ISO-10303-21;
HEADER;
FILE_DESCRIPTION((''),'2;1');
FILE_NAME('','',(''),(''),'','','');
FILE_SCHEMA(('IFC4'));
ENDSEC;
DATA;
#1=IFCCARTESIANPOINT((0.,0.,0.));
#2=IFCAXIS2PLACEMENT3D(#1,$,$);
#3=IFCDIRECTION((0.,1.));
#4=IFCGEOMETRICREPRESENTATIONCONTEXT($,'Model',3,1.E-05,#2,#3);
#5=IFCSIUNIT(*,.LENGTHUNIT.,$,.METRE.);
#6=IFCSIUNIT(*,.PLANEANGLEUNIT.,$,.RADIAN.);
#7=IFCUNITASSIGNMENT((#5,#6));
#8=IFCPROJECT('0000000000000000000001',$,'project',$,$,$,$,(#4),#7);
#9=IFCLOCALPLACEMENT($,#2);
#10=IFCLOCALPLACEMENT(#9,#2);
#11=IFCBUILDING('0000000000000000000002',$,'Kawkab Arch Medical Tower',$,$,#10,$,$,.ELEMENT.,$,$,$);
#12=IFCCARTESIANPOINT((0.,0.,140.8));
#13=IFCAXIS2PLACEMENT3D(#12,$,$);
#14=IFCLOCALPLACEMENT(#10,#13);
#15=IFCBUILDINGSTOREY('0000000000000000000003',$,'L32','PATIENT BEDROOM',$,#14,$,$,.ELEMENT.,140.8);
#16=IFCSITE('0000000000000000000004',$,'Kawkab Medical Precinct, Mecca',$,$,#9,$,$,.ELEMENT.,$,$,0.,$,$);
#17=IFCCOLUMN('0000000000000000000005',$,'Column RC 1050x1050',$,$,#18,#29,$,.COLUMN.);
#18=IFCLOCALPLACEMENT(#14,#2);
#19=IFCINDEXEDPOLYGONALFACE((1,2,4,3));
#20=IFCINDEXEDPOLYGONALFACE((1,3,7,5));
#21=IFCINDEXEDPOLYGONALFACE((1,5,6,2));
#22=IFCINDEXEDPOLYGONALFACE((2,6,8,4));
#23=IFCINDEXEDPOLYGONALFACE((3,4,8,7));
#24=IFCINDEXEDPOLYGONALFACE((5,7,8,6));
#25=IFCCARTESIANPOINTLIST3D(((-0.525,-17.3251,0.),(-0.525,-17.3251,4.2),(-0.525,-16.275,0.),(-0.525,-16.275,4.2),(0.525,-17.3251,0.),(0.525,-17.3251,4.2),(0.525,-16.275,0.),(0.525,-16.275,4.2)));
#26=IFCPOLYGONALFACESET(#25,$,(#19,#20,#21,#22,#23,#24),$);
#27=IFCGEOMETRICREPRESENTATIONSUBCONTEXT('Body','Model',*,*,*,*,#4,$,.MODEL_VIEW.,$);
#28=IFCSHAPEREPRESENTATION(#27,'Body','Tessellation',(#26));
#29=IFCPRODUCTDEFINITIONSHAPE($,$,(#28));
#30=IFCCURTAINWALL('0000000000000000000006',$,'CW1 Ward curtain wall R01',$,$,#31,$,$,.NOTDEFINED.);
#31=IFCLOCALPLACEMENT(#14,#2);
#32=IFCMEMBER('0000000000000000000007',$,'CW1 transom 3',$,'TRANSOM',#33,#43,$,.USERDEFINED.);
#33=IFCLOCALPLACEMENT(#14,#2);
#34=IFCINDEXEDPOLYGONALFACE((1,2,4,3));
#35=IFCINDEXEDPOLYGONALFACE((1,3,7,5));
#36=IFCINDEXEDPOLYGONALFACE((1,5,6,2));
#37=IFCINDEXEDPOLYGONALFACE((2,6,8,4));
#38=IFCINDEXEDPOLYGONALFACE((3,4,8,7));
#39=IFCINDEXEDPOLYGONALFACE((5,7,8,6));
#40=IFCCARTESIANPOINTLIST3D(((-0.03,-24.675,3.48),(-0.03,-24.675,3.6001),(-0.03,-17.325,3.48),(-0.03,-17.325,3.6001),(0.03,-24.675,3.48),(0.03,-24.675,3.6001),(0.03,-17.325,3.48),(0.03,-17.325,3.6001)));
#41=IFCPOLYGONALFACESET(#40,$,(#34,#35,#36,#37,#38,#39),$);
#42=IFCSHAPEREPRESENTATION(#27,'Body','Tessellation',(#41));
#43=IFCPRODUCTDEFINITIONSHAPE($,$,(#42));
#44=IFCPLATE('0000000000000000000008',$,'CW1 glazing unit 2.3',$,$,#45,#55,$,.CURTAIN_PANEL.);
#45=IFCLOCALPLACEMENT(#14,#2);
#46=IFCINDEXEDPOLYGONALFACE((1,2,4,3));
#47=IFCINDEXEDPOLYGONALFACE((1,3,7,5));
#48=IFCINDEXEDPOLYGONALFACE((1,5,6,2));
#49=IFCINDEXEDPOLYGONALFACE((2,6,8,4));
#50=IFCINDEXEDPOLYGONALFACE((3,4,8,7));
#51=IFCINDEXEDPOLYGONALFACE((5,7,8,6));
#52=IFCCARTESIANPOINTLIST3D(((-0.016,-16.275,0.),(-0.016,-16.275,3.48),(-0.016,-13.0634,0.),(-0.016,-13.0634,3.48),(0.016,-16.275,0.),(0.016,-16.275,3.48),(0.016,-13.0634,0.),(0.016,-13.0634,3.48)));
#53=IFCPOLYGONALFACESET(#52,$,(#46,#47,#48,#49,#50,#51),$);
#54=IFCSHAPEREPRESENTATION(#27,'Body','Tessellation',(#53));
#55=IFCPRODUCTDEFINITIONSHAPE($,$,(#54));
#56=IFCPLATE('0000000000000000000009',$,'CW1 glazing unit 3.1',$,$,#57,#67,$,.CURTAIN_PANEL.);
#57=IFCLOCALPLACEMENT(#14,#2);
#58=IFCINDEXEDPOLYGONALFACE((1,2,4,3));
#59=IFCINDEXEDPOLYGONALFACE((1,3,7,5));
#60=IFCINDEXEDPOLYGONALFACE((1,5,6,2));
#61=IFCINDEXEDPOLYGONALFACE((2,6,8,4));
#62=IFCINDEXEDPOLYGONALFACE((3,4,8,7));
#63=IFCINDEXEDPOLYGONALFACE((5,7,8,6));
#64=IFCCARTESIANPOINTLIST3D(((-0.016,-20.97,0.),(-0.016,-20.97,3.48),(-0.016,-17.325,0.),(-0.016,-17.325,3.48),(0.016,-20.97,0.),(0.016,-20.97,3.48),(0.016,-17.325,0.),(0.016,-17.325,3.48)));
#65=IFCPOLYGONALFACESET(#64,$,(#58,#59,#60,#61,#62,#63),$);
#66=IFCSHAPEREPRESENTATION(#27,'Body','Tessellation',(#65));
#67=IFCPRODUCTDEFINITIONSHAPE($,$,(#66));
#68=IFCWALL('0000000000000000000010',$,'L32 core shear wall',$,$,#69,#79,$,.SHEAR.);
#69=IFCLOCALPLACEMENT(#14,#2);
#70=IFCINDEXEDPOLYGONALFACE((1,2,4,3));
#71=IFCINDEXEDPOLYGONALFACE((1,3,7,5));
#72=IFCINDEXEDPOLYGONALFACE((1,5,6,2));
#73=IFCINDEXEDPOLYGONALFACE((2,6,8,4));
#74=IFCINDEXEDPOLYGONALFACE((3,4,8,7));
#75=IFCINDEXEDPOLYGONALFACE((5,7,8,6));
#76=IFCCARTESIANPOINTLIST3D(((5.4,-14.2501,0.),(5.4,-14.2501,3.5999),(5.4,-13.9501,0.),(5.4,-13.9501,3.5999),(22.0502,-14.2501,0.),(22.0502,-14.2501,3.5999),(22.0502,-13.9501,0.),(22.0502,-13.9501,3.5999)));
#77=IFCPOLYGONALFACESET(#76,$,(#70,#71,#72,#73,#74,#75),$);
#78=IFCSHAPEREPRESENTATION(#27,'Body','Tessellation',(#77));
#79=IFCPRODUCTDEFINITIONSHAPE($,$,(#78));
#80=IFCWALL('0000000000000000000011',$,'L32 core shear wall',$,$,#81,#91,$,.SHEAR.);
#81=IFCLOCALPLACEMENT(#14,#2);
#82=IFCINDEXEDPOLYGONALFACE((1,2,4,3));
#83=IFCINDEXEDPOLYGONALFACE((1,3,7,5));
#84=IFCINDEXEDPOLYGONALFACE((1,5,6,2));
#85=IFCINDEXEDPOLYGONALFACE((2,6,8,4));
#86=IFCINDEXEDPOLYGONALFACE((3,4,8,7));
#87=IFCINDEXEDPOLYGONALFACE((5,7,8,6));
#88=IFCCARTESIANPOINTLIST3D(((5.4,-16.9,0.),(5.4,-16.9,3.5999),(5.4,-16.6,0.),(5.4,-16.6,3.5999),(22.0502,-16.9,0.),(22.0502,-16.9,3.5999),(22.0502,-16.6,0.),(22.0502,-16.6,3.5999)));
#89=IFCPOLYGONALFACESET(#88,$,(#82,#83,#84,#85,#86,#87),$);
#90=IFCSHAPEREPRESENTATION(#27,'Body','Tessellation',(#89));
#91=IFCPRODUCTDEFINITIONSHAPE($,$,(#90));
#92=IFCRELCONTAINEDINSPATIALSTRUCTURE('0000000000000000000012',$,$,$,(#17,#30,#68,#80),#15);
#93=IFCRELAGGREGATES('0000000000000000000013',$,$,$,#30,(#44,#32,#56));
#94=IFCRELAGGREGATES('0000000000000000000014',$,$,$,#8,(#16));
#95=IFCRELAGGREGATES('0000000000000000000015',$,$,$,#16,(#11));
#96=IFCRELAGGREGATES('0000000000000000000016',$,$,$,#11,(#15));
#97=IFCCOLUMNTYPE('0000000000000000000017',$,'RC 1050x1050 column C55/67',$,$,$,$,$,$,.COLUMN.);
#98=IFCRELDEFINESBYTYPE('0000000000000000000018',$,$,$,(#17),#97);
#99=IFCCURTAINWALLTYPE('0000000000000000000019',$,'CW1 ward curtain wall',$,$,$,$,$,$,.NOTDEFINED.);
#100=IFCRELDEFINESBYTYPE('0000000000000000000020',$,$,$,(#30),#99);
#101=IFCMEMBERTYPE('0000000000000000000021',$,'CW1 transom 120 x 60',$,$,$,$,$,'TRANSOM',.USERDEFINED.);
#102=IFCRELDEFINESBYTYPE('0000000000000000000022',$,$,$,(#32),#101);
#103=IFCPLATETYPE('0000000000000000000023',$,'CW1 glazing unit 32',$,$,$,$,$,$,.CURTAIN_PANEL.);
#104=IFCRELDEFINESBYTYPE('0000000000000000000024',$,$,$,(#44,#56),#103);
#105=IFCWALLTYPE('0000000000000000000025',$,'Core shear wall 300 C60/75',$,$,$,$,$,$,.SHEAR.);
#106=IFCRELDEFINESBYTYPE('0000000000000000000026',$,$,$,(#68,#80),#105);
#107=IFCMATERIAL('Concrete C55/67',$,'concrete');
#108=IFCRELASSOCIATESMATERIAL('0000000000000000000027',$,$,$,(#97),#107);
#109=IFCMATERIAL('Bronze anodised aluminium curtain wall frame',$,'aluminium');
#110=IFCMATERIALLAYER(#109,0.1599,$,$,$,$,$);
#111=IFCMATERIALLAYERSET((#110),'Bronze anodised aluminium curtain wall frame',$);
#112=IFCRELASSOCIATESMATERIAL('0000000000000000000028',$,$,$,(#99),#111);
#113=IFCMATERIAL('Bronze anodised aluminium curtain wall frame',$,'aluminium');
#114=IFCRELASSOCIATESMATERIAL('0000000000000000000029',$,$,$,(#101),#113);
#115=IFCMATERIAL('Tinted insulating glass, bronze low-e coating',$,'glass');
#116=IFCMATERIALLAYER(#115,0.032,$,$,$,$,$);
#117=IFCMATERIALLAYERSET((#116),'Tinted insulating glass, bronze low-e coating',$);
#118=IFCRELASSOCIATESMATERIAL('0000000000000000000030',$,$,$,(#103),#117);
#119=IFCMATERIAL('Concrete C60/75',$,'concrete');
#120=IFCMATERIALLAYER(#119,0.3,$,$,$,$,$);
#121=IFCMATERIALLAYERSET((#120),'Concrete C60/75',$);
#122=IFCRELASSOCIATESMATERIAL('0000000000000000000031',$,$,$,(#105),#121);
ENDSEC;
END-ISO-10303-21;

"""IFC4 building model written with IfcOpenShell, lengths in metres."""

from ifc_helpers import new_model, si_unit, direction, frame, frame_2d, origin, origin_2d, place, context, subcontext, project, spatial, rectangle, extrude, material, layer, layer_set, material_profile, profile_set, type_object, element, aggregate, save


model = new_model("IFC4")

# Units and contexts
model_context = context("Model", 3, precision=1e-05, world=origin(), true_north=direction((0.0, 1.0)))
body_context = subcontext(model_context, "Body", "Model", "MODEL_VIEW")
ifc_project = project(units=[si_unit("LENGTHUNIT", "METRE"), si_unit("PLANEANGLEUNIT", "RADIAN")], contexts=[model_context])

# Site, building, storey
site_placement = place(None, origin())
site = spatial("IfcSite", under=ifc_project, at=site_placement, Name="Kawkab Medical Precinct, Mecca", CompositionType="ELEMENT", RefElevation=0.0)
building_placement = place(site_placement, origin())
building = spatial("IfcBuilding", under=site, at=building_placement, Name="Kawkab Arch Medical Tower", CompositionType="ELEMENT")
storey_placement = place(building_placement, frame((0.0, 0.0, 140.8)))
storey = spatial("IfcBuildingStorey", under=building, at=storey_placement, Name="L32", Description="PATIENT BEDROOM", CompositionType="ELEMENT", Elevation=140.8)

# Column
ifc_material_1 = material(Name="Concrete C55/67", Category="concrete")
ifc_material_profile_1 = material_profile(ifc_material_1, rectangle(XDim=1.05, YDim=1.05, at=origin_2d()), Name="RC 1050x1050")
ifc_profile_set_1 = profile_set([ifc_material_profile_1], Name="Concrete C55/67")
column_type = type_object("IfcColumnType", Name="RC 1050x1050 column C55/67", PredefinedType="COLUMN", material=ifc_profile_set_1)
column_placement = place(storey_placement, frame((0.0, -16.8, 0.0), z_axis=(0.0, 0.0, 1.0), x_axis=(1.0, 0.0, 0.0)))
element("IfcColumn", 1, at=column_placement, inside=storey, type_object=column_type, Name="Column RC 1050x1050", PredefinedType="COLUMN", context=body_context, shape_type="SweptSolid", body=[
    extrude(rectangle(XDim=1.05, YDim=1.05, at=origin_2d()), origin(), (0.0, 0.0, 1.0), 4.2),
])

# Curtain wall, member, plates
ifc_material_2 = material(Name="Bronze anodised aluminium curtain wall frame", Category="aluminium")
ifc_layer_1 = layer(ifc_material_2, 0.1599)
ifc_layer_set_1 = layer_set([ifc_layer_1], Name="Bronze anodised aluminium curtain wall frame")
curtain_wall_type = type_object("IfcCurtainWallType", Name="CW1 ward curtain wall", PredefinedType="NOTDEFINED", material=ifc_layer_set_1)
placement = place(storey_placement, origin())
curtain_wall = element("IfcCurtainWall", 2, at=placement, inside=storey, type_object=curtain_wall_type, Name="CW1 Ward curtain wall R01", PredefinedType="NOTDEFINED")
ifc_material_3 = material(Name="Bronze anodised aluminium curtain wall frame", Category="aluminium")
ifc_material_profile_2 = material_profile(ifc_material_3, rectangle(XDim=0.0601, YDim=0.1201, at=origin_2d()), Name="AL 60x120")
ifc_profile_set_2 = profile_set([ifc_material_profile_2], Name="Bronze anodised aluminium curtain wall frame")
member_type = type_object("IfcMemberType", Name="CW1 transom 120 x 60", ElementType="TRANSOM", PredefinedType="USERDEFINED", material=ifc_profile_set_2)
member_placement = place(storey_placement, frame((0.0, -17.325, 3.54), z_axis=(0.0, -1.0, 0.0), x_axis=(1.0, 0.0, 0.0)))
member = element("IfcMember", 3, at=member_placement, type_object=member_type, Name="CW1 transom 3", ObjectType="TRANSOM", PredefinedType="USERDEFINED", context=body_context, shape_type="SweptSolid", body=[
    extrude(rectangle(XDim=0.0601, YDim=0.1201, at=origin_2d()), origin(), (0.0, 0.0, 1.0), 7.3501),
])
ifc_material_4 = material(Name="Tinted insulating glass, bronze low-e coating", Category="glass")
ifc_layer_2 = layer(ifc_material_4, 0.032)
ifc_layer_set_2 = layer_set([ifc_layer_2], Name="Tinted insulating glass, bronze low-e coating")
plate_type = type_object("IfcPlateType", Name="CW1 glazing unit 32", PredefinedType="CURTAIN_PANEL", material=ifc_layer_set_2)
plate_1_placement = place(storey_placement, frame((0.0, -14.6692, 0.0), z_axis=(0.0, 0.0, 1.0), x_axis=(0.0, -1.0, 0.0)))
plate_1 = element("IfcPlate", 4, at=plate_1_placement, type_object=plate_type, Name="CW1 glazing unit 2.3", PredefinedType="CURTAIN_PANEL", context=body_context, shape_type="SweptSolid", body=[
    extrude(rectangle(XDim=3.2117, YDim=0.032, at=origin_2d()), origin(), (0.0, 0.0, 1.0), 3.48),
])
plate_2_placement = place(storey_placement, frame((0.0, -19.1475, 0.0), z_axis=(0.0, 0.0, 1.0), x_axis=(0.0, -1.0, 0.0)))
plate_2 = element("IfcPlate", 5, at=plate_2_placement, type_object=plate_type, Name="CW1 glazing unit 3.1", PredefinedType="CURTAIN_PANEL", context=body_context, shape_type="SweptSolid", body=[
    extrude(rectangle(XDim=3.645, YDim=0.032, at=origin_2d()), origin(), (0.0, 0.0, 1.0), 3.48),
])
aggregate(curtain_wall, [plate_1, member, plate_2])

# Walls
ifc_material_5 = material(Name="Concrete C60/75", Category="concrete")
ifc_layer_3 = layer(ifc_material_5, 0.3)
ifc_layer_set_3 = layer_set([ifc_layer_3], Name="Concrete C60/75")
wall_type_1 = type_object("IfcWallType", Name="Core shear wall 300 C60/75", PredefinedType="SHEAR", material=ifc_layer_set_3)
for number, where, z_axis, x_axis, name in (
    (6, (5.3999, -14.1001, 0.0), (0.0, 0.0, 1.0), (1.0, 0.0, 0.0), "L32 core shear wall"),
    (7, (5.3999, -16.75, 0.0), (0.0, 0.0, 1.0), (1.0, 0.0, 0.0), "L32 core shear wall"),
):
    element("IfcWall", number, at=place(storey_placement, frame(where, z_axis=z_axis, x_axis=x_axis)), inside=storey, type_object=wall_type_1, Name=name, PredefinedType="SHEAR", context=body_context, shape_type="SweptSolid", body=[
        extrude(rectangle(XDim=16.6501, YDim=0.3, at=frame_2d((8.3252, 0.0))), origin(), (0.0, 0.0, 1.0), 3.5999),
    ])

save(model, "model.ifc")
